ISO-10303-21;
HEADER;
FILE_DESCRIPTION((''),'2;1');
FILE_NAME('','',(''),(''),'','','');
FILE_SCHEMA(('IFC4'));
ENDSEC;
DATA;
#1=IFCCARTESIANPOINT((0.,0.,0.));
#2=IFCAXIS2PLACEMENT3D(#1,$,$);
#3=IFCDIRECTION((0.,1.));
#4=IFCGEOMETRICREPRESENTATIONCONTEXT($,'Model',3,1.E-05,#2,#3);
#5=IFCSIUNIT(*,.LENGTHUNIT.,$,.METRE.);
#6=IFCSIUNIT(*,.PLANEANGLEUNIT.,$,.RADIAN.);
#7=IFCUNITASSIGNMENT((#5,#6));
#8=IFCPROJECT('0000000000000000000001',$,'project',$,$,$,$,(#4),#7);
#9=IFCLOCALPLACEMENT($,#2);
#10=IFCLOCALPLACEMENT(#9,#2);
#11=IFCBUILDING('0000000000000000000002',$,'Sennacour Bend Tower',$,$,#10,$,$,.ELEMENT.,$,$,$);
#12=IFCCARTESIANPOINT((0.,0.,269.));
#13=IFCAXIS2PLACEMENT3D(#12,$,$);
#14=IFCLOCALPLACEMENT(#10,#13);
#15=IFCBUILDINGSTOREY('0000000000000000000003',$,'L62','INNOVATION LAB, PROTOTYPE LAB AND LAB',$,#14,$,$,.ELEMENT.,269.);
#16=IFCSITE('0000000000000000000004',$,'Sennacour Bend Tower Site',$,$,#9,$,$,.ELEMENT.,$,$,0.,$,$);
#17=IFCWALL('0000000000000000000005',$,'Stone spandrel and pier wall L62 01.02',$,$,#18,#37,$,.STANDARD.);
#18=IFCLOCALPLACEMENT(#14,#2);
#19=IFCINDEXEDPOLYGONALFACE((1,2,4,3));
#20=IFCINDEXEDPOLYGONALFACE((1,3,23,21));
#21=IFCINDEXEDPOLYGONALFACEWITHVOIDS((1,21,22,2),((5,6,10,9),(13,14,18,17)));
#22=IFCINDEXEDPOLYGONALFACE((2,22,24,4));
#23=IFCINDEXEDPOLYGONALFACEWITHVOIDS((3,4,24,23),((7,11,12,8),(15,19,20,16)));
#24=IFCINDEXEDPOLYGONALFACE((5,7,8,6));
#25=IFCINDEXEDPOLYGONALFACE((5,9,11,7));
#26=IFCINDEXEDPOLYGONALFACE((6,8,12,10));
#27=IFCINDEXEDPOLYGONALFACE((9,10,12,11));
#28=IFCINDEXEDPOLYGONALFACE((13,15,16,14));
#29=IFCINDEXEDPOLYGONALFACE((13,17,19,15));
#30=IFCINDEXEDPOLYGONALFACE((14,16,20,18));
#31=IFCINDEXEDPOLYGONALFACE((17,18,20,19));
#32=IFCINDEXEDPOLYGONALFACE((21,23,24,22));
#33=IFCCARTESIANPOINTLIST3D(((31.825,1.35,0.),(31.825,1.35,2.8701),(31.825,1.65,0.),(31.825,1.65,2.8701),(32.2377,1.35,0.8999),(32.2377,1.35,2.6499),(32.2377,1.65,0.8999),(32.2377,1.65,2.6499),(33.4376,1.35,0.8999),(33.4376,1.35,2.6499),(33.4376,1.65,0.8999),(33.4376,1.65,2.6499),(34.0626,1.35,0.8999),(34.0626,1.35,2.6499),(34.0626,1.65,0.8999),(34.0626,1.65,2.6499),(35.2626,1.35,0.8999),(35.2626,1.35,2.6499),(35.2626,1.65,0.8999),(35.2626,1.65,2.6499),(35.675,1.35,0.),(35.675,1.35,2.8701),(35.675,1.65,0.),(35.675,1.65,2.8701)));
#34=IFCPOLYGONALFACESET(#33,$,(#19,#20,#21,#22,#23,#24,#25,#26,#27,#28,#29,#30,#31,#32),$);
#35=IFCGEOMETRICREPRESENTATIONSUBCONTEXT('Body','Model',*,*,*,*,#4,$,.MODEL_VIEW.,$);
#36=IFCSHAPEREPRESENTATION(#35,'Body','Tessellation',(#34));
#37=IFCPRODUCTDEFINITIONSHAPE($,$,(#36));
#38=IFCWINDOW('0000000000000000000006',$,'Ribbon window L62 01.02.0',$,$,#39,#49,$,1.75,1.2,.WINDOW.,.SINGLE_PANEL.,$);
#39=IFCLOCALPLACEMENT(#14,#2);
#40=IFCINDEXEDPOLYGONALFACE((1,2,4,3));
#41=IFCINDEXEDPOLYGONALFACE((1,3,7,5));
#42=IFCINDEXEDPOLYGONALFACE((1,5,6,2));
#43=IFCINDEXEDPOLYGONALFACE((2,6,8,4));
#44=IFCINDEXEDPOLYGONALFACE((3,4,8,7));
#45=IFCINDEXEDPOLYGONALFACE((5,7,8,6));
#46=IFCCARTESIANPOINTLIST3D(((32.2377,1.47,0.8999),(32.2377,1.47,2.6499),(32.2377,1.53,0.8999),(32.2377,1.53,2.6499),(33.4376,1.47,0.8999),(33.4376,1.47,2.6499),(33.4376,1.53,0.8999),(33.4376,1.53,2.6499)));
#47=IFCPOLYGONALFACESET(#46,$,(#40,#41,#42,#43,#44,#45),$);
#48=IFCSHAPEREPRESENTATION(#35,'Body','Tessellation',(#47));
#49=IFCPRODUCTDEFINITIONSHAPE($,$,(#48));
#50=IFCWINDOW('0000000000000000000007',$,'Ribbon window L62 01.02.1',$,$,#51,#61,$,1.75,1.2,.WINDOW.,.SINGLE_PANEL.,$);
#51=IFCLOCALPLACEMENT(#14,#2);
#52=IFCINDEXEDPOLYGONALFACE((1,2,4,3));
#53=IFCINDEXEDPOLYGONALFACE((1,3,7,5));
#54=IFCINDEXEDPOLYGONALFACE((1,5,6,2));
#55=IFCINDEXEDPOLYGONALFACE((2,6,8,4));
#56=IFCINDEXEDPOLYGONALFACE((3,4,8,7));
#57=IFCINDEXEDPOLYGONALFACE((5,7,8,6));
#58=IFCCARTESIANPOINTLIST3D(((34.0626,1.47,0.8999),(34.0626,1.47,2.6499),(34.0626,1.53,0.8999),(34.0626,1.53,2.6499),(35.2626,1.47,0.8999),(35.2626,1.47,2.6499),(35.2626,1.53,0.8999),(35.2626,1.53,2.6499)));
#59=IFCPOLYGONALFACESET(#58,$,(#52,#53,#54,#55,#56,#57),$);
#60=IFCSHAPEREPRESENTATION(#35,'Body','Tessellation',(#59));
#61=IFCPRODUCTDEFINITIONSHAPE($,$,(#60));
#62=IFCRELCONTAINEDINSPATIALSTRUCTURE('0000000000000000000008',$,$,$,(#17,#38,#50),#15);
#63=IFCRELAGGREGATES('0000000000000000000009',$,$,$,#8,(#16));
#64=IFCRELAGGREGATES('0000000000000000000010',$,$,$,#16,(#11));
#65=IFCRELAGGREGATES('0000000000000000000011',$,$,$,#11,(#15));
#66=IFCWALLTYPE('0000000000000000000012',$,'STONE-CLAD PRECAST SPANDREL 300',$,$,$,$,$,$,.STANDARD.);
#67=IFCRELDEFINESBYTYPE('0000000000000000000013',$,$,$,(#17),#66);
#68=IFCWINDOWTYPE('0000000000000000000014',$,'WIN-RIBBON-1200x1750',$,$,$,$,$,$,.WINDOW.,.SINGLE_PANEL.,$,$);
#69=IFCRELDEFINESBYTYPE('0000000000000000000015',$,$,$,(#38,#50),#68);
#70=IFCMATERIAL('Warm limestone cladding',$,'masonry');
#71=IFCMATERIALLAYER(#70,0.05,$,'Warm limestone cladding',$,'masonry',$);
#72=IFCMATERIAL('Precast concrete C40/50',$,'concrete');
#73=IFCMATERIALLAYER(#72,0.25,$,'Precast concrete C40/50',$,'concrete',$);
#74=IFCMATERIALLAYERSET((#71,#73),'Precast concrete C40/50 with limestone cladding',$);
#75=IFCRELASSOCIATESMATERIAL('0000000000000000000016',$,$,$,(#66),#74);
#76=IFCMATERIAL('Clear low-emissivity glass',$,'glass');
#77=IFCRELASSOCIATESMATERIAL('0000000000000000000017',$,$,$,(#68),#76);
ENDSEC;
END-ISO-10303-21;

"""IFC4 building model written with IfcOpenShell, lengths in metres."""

from ifc_helpers import new_model, si_unit, direction, frame, frame_2d, origin, place, context, subcontext, project, spatial, rectangle, extrude, material, layer, layer_set, type_object, element, fill, save


model = new_model("IFC4")

# Units and contexts
model_context = context("Model", 3, precision=1e-05, world=origin(), true_north=direction((0.0, 1.0)))
body_context = subcontext(model_context, "Body", "Model", "MODEL_VIEW")
ifc_project = project(units=[si_unit("LENGTHUNIT", "METRE"), si_unit("PLANEANGLEUNIT", "RADIAN")], contexts=[model_context])

# Site, building, storey
site_placement = place(None, origin())
site = spatial("IfcSite", under=ifc_project, at=site_placement, Name="Sennacour Bend Tower Site", CompositionType="ELEMENT", RefElevation=0.0)
building_placement = place(site_placement, origin())
building = spatial("IfcBuilding", under=site, at=building_placement, Name="Sennacour Bend Tower", CompositionType="ELEMENT")
storey_placement = place(building_placement, frame((0.0, 0.0, 269.0)))
storey = spatial("IfcBuildingStorey", under=building, at=storey_placement, Name="L62", Description="INNOVATION LAB, PROTOTYPE LAB AND LAB", CompositionType="ELEMENT", Elevation=269.0)

# Shared definitions
ifc_material_1 = material(Name="Warm limestone cladding", Category="masonry")
ifc_layer_1 = layer(ifc_material_1, 0.05, Name="Warm limestone cladding", Category="masonry")
ifc_material_2 = material(Name="Precast concrete C40/50", Category="concrete")
ifc_layer_2 = layer(ifc_material_2, 0.25, Name="Precast concrete C40/50", Category="concrete")
ifc_layer_set_1 = layer_set([ifc_layer_1, ifc_layer_2], Name="Precast concrete C40/50 with limestone cladding")
wall_type_1 = type_object("IfcWallType", Name="STONE-CLAD PRECAST SPANDREL 300", PredefinedType="STANDARD", material=ifc_layer_set_1)

# Wall, openings, windows
ifc_material_3 = material(Name="Clear low-emissivity glass", Category="glass")
window_type = type_object("IfcWindowType", Name="WIN-RIBBON-1200x1750", PartitioningType="SINGLE_PANEL", PredefinedType="WINDOW", material=ifc_material_3)
wall_1_placement = place(storey_placement, frame((31.825, 1.5, 0.0), z_axis=(0.0, 0.0, 1.0), x_axis=(1.0, 0.0, 0.0)))
wall_1 = element("IfcWall", 1, at=wall_1_placement, inside=storey, type_object=wall_type_1, Name="Stone spandrel and pier wall L62 01.02", PredefinedType="STANDARD", context=body_context, shape_type="SweptSolid", body=[
    extrude(rectangle(XDim=3.8501, YDim=0.3, at=frame_2d((1.925, 0.0))), origin(), (0.0, 0.0, 1.0), 2.8701),
])
opening_1_placement = place(wall_1_placement, frame((0.4126, 0.0, 0.8999)))
opening_1 = element("IfcOpeningElement", 2, at=opening_1_placement, cuts=wall_1, PredefinedType="OPENING", context=body_context, shape_type="SweptSolid", body=[
    extrude(rectangle(XDim=1.2, YDim=1.75, at=frame_2d((0.6001, 0.875))), frame((0.0, 0.1602, 0.0), z_axis=(0.0, -1.0, 0.0), x_axis=(1.0, 0.0, 0.0)), (0.0, 0.0, 1.0), 0.3201),
])
opening_2_placement = place(wall_1_placement, frame((2.2375, 0.0, 0.8999)))
opening_2 = element("IfcOpeningElement", 3, at=opening_2_placement, cuts=wall_1, PredefinedType="OPENING", context=body_context, shape_type="SweptSolid", body=[
    extrude(rectangle(XDim=1.2, YDim=1.75, at=frame_2d((0.6001, 0.875))), frame((0.0, 0.1602, 0.0), z_axis=(0.0, -1.0, 0.0), x_axis=(1.0, 0.0, 0.0)), (0.0, 0.0, 1.0), 0.3201),
])
window_1_placement = place(opening_1_placement, origin())
window_1 = element("IfcWindow", 4, at=window_1_placement, inside=storey, type_object=window_type, Name="Ribbon window L62 01.02.0", OverallHeight=1.75, OverallWidth=1.2, PartitioningType="SINGLE_PANEL", PredefinedType="WINDOW", context=body_context, shape_type="SweptSolid", body=[
    extrude(rectangle(XDim=1.2, YDim=1.75, at=frame_2d((0.6001, 0.875))), frame((0.0, 0.03, 0.0), z_axis=(0.0, -1.0, 0.0), x_axis=(1.0, 0.0, 0.0)), (0.0, 0.0, 1.0), 0.0601),
])
fill(opening_1, window_1)
window_2_placement = place(opening_2_placement, origin())
window_2 = element("IfcWindow", 5, at=window_2_placement, inside=storey, type_object=window_type, Name="Ribbon window L62 01.02.1", OverallHeight=1.75, OverallWidth=1.2, PartitioningType="SINGLE_PANEL", PredefinedType="WINDOW", context=body_context, shape_type="SweptSolid", body=[
    extrude(rectangle(XDim=1.2, YDim=1.75, at=frame_2d((0.6001, 0.875))), frame((0.0, 0.03, 0.0), z_axis=(0.0, -1.0, 0.0), x_axis=(1.0, 0.0, 0.0)), (0.0, 0.0, 1.0), 0.0601),
])
fill(opening_2, window_2)

save(model, "model.ifc")
